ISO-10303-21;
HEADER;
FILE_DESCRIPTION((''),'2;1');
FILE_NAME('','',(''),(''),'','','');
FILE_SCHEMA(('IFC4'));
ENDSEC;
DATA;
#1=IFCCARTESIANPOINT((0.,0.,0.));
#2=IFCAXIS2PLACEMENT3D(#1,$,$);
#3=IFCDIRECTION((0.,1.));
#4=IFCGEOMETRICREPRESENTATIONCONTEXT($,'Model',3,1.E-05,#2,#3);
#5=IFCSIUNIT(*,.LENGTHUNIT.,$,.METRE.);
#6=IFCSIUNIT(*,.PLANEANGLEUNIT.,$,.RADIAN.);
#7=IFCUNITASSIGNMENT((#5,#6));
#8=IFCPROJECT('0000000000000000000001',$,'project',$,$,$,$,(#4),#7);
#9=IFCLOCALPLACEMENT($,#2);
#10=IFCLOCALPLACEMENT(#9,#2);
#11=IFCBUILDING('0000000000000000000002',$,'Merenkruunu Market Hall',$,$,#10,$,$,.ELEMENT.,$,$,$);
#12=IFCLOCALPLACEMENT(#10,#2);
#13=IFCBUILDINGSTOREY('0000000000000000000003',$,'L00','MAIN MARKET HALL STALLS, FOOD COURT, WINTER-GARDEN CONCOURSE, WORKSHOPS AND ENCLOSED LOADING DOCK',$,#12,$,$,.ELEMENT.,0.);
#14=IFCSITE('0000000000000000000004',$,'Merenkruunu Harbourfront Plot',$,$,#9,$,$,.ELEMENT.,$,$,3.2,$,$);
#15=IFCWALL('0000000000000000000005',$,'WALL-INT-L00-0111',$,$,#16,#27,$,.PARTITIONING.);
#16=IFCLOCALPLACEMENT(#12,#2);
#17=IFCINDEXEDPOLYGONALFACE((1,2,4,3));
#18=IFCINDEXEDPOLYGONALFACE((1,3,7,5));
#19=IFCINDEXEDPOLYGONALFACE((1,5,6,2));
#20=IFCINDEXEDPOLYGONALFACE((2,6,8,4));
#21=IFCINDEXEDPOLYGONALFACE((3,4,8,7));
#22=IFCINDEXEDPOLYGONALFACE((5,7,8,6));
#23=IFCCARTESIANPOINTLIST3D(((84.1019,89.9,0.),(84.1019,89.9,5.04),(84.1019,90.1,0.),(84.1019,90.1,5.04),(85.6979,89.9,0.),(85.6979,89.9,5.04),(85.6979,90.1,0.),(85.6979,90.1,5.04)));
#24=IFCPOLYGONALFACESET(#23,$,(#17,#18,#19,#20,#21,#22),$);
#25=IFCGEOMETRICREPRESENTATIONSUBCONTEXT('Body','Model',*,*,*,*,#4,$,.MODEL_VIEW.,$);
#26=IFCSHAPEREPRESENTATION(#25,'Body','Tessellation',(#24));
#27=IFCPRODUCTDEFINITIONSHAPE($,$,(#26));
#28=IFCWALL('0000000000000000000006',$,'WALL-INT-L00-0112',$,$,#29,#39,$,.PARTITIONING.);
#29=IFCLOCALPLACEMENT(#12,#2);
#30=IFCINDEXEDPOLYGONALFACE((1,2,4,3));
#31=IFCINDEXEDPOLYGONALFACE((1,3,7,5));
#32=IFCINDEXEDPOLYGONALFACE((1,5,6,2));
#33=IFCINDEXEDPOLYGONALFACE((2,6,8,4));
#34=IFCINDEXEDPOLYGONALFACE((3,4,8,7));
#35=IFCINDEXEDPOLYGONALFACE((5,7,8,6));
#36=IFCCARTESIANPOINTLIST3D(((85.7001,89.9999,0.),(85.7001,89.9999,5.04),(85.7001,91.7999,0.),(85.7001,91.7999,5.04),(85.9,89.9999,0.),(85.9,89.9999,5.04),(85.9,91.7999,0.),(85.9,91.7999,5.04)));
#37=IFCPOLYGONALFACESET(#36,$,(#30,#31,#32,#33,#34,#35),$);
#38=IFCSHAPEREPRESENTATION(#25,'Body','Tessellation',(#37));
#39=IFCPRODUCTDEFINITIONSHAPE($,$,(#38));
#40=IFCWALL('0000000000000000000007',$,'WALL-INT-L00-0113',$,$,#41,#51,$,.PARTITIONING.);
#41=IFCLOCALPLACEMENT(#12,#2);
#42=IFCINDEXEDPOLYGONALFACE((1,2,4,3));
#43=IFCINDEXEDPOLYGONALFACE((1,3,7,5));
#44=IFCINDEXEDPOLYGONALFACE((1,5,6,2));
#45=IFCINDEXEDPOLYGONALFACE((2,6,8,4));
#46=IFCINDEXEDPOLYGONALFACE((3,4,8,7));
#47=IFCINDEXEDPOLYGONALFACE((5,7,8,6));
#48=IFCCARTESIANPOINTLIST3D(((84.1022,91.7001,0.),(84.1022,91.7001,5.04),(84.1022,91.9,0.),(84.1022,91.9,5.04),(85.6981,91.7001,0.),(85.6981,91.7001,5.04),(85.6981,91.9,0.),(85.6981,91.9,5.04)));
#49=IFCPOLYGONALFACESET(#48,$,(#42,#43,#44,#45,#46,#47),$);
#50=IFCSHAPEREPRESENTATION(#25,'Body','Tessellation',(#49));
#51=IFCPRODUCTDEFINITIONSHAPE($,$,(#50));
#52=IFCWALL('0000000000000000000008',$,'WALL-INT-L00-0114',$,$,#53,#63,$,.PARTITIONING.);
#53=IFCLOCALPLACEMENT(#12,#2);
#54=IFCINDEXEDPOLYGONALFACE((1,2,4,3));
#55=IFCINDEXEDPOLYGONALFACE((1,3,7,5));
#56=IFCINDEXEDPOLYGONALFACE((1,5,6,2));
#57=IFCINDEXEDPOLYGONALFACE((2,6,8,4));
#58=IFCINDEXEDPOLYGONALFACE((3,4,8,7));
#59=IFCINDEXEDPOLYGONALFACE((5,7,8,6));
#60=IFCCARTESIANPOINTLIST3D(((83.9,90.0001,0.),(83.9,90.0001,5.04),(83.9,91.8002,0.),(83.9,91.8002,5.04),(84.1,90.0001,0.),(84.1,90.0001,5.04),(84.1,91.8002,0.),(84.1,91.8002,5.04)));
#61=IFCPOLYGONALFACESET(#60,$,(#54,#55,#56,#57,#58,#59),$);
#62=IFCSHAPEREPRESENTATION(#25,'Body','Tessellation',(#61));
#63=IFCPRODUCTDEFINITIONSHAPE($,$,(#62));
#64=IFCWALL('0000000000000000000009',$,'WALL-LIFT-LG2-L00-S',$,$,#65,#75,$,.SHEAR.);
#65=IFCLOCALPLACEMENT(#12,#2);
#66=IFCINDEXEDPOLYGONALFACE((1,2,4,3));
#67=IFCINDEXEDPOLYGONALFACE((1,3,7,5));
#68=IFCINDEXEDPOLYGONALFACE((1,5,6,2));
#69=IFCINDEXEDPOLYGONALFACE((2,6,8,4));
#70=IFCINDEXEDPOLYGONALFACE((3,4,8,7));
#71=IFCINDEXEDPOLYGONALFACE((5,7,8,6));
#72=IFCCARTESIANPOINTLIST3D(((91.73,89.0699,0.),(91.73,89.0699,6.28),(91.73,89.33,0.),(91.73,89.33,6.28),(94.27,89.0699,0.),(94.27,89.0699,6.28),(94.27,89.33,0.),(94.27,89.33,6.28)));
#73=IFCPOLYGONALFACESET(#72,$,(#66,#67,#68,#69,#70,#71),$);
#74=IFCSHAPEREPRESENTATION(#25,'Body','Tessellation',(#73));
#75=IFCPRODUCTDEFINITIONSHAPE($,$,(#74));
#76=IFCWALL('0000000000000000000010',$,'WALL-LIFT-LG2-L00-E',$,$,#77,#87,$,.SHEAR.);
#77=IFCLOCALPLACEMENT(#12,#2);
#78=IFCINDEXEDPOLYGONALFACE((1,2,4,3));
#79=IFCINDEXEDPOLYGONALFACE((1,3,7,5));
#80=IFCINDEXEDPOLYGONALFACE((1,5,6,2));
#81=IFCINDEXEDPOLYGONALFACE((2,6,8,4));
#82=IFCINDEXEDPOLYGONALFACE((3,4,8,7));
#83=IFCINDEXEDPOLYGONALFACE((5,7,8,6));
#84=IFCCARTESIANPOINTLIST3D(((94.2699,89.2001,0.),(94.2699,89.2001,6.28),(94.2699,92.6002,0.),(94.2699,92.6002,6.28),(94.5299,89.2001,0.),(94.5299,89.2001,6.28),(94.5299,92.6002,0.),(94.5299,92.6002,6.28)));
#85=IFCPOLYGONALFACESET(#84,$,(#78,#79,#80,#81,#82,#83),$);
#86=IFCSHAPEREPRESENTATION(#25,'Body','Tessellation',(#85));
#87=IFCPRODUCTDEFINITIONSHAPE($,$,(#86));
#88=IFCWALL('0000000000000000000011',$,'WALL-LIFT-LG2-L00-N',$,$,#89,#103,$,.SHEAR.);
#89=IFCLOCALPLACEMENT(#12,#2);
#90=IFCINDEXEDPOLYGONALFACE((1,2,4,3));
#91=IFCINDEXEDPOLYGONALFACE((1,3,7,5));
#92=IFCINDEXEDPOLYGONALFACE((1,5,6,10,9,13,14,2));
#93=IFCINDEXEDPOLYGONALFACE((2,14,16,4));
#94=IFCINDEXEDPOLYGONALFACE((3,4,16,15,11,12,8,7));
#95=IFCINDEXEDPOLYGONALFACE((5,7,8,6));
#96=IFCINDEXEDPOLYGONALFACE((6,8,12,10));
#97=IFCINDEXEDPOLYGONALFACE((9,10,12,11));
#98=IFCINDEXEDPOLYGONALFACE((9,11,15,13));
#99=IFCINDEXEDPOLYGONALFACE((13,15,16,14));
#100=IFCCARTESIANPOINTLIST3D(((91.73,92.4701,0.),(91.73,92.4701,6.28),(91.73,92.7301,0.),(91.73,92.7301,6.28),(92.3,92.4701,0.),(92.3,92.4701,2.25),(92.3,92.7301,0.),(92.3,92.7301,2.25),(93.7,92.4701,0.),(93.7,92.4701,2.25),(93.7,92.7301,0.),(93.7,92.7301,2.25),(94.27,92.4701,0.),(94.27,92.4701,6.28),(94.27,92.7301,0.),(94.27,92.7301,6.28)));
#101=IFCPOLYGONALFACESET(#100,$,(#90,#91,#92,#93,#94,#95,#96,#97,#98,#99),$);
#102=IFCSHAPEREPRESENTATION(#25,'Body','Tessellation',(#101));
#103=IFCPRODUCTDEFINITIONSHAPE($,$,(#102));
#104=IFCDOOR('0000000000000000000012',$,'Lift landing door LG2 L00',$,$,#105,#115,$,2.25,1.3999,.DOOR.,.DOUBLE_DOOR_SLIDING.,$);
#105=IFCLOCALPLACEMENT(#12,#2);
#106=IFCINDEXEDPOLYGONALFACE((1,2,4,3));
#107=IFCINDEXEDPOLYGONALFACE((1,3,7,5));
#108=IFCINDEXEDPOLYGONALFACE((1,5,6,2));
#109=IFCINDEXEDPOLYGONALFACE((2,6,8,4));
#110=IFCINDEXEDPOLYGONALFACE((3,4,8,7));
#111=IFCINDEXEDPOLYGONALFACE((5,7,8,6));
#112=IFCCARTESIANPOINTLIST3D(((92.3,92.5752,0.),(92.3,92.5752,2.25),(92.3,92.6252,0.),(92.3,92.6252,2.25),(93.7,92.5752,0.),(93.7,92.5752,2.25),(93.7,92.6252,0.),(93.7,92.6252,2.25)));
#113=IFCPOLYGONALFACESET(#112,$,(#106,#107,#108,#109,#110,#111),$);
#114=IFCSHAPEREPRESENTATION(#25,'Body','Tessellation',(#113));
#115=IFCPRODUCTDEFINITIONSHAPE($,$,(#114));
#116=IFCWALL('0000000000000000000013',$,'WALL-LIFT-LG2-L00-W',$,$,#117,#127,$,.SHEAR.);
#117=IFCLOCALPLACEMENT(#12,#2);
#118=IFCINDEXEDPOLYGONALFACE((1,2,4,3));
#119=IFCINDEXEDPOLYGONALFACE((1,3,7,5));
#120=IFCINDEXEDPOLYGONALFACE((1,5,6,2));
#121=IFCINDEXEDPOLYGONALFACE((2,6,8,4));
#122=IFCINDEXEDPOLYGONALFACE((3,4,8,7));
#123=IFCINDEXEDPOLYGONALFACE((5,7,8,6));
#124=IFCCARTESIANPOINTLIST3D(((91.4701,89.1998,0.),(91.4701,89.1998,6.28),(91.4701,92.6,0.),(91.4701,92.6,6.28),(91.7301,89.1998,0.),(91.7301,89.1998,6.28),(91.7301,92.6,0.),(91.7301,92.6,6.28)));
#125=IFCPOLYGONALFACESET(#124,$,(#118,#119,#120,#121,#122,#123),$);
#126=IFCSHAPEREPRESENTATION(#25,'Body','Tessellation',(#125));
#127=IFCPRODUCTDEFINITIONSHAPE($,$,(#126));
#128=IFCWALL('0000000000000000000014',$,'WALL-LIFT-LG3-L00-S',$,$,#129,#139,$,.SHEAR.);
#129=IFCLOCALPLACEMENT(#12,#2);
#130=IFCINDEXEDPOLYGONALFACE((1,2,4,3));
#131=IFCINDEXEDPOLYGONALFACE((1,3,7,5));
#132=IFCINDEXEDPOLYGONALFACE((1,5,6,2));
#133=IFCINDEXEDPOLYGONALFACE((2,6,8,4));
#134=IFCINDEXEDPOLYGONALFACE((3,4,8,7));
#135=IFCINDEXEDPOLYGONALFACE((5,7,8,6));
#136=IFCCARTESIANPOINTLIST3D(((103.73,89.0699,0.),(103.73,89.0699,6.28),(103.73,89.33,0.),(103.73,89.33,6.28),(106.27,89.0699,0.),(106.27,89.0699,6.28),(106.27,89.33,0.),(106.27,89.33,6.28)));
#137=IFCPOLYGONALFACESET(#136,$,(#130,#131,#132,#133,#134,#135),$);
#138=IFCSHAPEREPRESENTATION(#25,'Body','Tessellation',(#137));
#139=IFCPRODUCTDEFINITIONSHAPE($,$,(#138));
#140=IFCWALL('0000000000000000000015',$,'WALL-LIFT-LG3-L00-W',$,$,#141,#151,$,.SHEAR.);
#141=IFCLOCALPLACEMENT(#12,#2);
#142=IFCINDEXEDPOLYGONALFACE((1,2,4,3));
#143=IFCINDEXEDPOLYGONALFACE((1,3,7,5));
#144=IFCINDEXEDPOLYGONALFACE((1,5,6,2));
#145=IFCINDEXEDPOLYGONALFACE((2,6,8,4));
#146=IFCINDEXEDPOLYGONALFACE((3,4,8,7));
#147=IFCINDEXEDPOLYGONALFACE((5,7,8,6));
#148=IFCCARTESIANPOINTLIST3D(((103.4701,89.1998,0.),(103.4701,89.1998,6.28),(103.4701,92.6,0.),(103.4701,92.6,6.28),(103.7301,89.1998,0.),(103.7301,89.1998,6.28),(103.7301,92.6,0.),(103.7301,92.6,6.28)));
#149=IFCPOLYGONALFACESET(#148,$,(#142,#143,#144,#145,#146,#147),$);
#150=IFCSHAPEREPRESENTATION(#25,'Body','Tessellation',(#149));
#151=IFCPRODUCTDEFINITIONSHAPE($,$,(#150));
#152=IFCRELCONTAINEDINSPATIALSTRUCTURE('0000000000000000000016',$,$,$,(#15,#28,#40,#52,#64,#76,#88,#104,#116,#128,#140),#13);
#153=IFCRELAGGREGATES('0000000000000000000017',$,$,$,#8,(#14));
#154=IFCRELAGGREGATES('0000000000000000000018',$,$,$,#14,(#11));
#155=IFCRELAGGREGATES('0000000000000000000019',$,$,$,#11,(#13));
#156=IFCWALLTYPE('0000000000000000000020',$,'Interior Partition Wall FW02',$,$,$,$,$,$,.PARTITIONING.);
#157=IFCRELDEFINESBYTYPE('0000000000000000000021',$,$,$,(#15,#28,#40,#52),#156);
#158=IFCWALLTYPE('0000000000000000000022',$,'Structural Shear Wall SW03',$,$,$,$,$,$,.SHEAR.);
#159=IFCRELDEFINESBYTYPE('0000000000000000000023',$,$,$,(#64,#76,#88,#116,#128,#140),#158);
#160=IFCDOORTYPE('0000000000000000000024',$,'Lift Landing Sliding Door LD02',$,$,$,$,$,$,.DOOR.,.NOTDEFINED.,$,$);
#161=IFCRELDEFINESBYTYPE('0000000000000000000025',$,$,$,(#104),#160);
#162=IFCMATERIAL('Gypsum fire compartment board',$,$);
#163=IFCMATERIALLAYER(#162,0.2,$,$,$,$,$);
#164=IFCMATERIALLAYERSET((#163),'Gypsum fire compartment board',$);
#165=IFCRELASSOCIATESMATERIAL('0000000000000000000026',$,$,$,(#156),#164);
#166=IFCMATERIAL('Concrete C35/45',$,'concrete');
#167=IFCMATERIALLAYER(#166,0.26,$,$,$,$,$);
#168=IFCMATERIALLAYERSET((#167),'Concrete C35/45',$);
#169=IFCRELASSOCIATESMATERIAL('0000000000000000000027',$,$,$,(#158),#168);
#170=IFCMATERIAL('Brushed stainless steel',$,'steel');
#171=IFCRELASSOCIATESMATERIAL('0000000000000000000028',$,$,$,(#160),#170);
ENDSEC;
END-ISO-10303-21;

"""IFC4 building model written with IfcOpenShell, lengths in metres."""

from ifc_helpers import new_model, si_unit, direction, frame, frame_2d, origin, place, context, subcontext, project, spatial, rectangle, extrude, material, layer, layer_set, type_object, element, fill, save


model = new_model("IFC4")

# Units and contexts
model_context = context("Model", 3, precision=1e-05, world=origin(), true_north=direction((0.0, 1.0)))
body_context = subcontext(model_context, "Body", "Model", "MODEL_VIEW")
ifc_project = project(units=[si_unit("LENGTHUNIT", "METRE"), si_unit("PLANEANGLEUNIT", "RADIAN")], contexts=[model_context])

# Site, building, storey
site_placement = place(None, origin())
site = spatial("IfcSite", under=ifc_project, at=site_placement, Name="Merenkruunu Harbourfront Plot", CompositionType="ELEMENT", RefElevation=3.2)
building_placement = place(site_placement, origin())
building = spatial("IfcBuilding", under=site, at=building_placement, Name="Merenkruunu Market Hall", CompositionType="ELEMENT")
storey_placement = place(building_placement, origin())
storey = spatial("IfcBuildingStorey", under=building, at=storey_placement, Name="L00", Description="MAIN MARKET HALL STALLS, FOOD COURT, WINTER-GARDEN CONCOURSE, WORKSHOPS AND ENCLOSED LOADING DOCK", CompositionType="ELEMENT", Elevation=0.0)

# Walls
ifc_material_1 = material(Name="Gypsum fire compartment board")
ifc_layer_1 = layer(ifc_material_1, 0.2)
ifc_layer_set_1 = layer_set([ifc_layer_1], Name="Gypsum fire compartment board")
wall_type_1 = type_object("IfcWallType", Name="Interior Partition Wall FW02", PredefinedType="PARTITIONING", material=ifc_layer_set_1)
wall_1_placement = place(storey_placement, frame((84.1021, 90.0, 0.0), z_axis=(0.0, 0.0, 1.0), x_axis=(1.0, 0.0, 0.0)))
element("IfcWall", 1, at=wall_1_placement, inside=storey, type_object=wall_type_1, Name="WALL-INT-L00-0111", PredefinedType="PARTITIONING", context=body_context, shape_type="SweptSolid", body=[
    extrude(rectangle(XDim=1.5959, YDim=0.2, at=frame_2d((0.7979, 0.0))), origin(), (0.0, 0.0, 1.0), 5.04),
])
wall_2_placement = place(storey_placement, frame((85.8, 90.0, 0.0), z_axis=(0.0, 0.0, 1.0), x_axis=(0.0, 1.0, 0.0)))
element("IfcWall", 2, at=wall_2_placement, inside=storey, type_object=wall_type_1, Name="WALL-INT-L00-0112", PredefinedType="PARTITIONING", context=body_context, shape_type="SweptSolid", body=[
    extrude(rectangle(XDim=1.8, YDim=0.2, at=frame_2d((0.8999, 0.0))), origin(), (0.0, 0.0, 1.0), 5.04),
])
wall_3_placement = place(storey_placement, frame((85.698, 91.8, 0.0), z_axis=(0.0, 0.0, 1.0), x_axis=(-1.0, 0.0, 0.0)))
element("IfcWall", 3, at=wall_3_placement, inside=storey, type_object=wall_type_1, Name="WALL-INT-L00-0113", PredefinedType="PARTITIONING", context=body_context, shape_type="SweptSolid", body=[
    extrude(rectangle(XDim=1.5959, YDim=0.2, at=frame_2d((0.7979, 0.0))), origin(), (0.0, 0.0, 1.0), 5.04),
])
wall_4_placement = place(storey_placement, frame((84.0, 91.8, 0.0), z_axis=(0.0, 0.0, 1.0), x_axis=(0.0, -1.0, 0.0)))
element("IfcWall", 4, at=wall_4_placement, inside=storey, type_object=wall_type_1, Name="WALL-INT-L00-0114", PredefinedType="PARTITIONING", context=body_context, shape_type="SweptSolid", body=[
    extrude(rectangle(XDim=1.8, YDim=0.2, at=frame_2d((0.8999, 0.0))), origin(), (0.0, 0.0, 1.0), 5.04),
])
ifc_material_2 = material(Name="Concrete C35/45", Category="concrete")
ifc_layer_2 = layer(ifc_material_2, 0.26)
ifc_layer_set_2 = layer_set([ifc_layer_2], Name="Concrete C35/45")
wall_type_2 = type_object("IfcWallType", Name="Structural Shear Wall SW03", PredefinedType="SHEAR", material=ifc_layer_set_2)
wall_5_placement = place(storey_placement, frame((91.73, 89.2, 0.0), z_axis=(0.0, 0.0, 1.0), x_axis=(1.0, 0.0, 0.0)))
element("IfcWall", 5, at=wall_5_placement, inside=storey, type_object=wall_type_2, Name="WALL-LIFT-LG2-L00-S", PredefinedType="SHEAR", context=body_context, shape_type="SweptSolid", body=[
    extrude(rectangle(XDim=2.54, YDim=0.26, at=frame_2d((1.27, 0.0))), origin(), (0.0, 0.0, 1.0), 6.28),
])
wall_6_placement = place(storey_placement, frame((94.3999, 89.2, 0.0), z_axis=(0.0, 0.0, 1.0), x_axis=(0.0, 1.0, 0.0)))
element("IfcWall", 6, at=wall_6_placement, inside=storey, type_object=wall_type_2, Name="WALL-LIFT-LG2-L00-E", PredefinedType="SHEAR", context=body_context, shape_type="SweptSolid", body=[
    extrude(rectangle(XDim=3.4001, YDim=0.26, at=frame_2d((1.7002, 0.0))), origin(), (0.0, 0.0, 1.0), 6.28),
])

# Wall, opening, door
wall_7_placement = place(storey_placement, frame((94.27, 92.6001, 0.0), z_axis=(0.0, 0.0, 1.0), x_axis=(-1.0, 0.0, 0.0)))
wall_7 = element("IfcWall", 7, at=wall_7_placement, inside=storey, type_object=wall_type_2, Name="WALL-LIFT-LG2-L00-N", PredefinedType="SHEAR", context=body_context, shape_type="SweptSolid", body=[
    extrude(rectangle(XDim=2.54, YDim=0.26, at=frame_2d((1.27, 0.0))), origin(), (0.0, 0.0, 1.0), 6.28),
])
opening_1_placement = place(wall_7_placement, frame((0.5701, 0.0, 0.0)))
opening_1 = element("IfcOpeningElement", 8, at=opening_1_placement, cuts=wall_7, PredefinedType="OPENING", context=body_context, shape_type="SweptSolid", body=[
    extrude(rectangle(XDim=1.3999, YDim=2.25, at=frame_2d((0.7, 1.125))), frame((0.0, 0.1401, 0.0), z_axis=(0.0, -1.0, 0.0), x_axis=(1.0, 0.0, 0.0)), (0.0, 0.0, 1.0), 0.28),
])
ifc_material_3 = material(Name="Brushed stainless steel", Category="steel")
door_type_1 = type_object("IfcDoorType", Name="Lift Landing Sliding Door LD02", OperationType="NOTDEFINED", PredefinedType="DOOR", material=ifc_material_3)
door_1_placement = place(opening_1_placement, origin())
door_1 = element("IfcDoor", 9, at=door_1_placement, inside=storey, type_object=door_type_1, Name="Lift landing door LG2 L00", OperationType="DOUBLE_DOOR_SLIDING", OverallHeight=2.25, OverallWidth=1.3999, PredefinedType="DOOR", context=body_context, shape_type="SweptSolid", body=[
    extrude(rectangle(XDim=1.3999, YDim=2.25, at=frame_2d((0.7, 1.125))), frame((0.0, 0.0249, 0.0), z_axis=(0.0, -1.0, 0.0), x_axis=(1.0, 0.0, 0.0)), (0.0, 0.0, 1.0), 0.05),
])
fill(opening_1, door_1)

# Walls
wall_8_placement = place(storey_placement, frame((91.6001, 92.6001, 0.0), z_axis=(0.0, 0.0, 1.0), x_axis=(0.0, -1.0, 0.0)))
element("IfcWall", 10, at=wall_8_placement, inside=storey, type_object=wall_type_2, Name="WALL-LIFT-LG2-L00-W", PredefinedType="SHEAR", context=body_context, shape_type="SweptSolid", body=[
    extrude(rectangle(XDim=3.4001, YDim=0.26, at=frame_2d((1.7002, 0.0))), origin(), (0.0, 0.0, 1.0), 6.28),
])
wall_9_placement = place(storey_placement, frame((103.73, 89.2, 0.0), z_axis=(0.0, 0.0, 1.0), x_axis=(1.0, 0.0, 0.0)))
element("IfcWall", 11, at=wall_9_placement, inside=storey, type_object=wall_type_2, Name="WALL-LIFT-LG3-L00-S", PredefinedType="SHEAR", context=body_context, shape_type="SweptSolid", body=[
    extrude(rectangle(XDim=2.54, YDim=0.26, at=frame_2d((1.27, 0.0))), origin(), (0.0, 0.0, 1.0), 6.28),
])
wall_10_placement = place(storey_placement, frame((103.6001, 92.6001, 0.0), z_axis=(0.0, 0.0, 1.0), x_axis=(0.0, -1.0, 0.0)))
element("IfcWall", 12, at=wall_10_placement, inside=storey, type_object=wall_type_2, Name="WALL-LIFT-LG3-L00-W", PredefinedType="SHEAR", context=body_context, shape_type="SweptSolid", body=[
    extrude(rectangle(XDim=3.4001, YDim=0.26, at=frame_2d((1.7002, 0.0))), origin(), (0.0, 0.0, 1.0), 6.28),
])

save(model, "model.ifc")
